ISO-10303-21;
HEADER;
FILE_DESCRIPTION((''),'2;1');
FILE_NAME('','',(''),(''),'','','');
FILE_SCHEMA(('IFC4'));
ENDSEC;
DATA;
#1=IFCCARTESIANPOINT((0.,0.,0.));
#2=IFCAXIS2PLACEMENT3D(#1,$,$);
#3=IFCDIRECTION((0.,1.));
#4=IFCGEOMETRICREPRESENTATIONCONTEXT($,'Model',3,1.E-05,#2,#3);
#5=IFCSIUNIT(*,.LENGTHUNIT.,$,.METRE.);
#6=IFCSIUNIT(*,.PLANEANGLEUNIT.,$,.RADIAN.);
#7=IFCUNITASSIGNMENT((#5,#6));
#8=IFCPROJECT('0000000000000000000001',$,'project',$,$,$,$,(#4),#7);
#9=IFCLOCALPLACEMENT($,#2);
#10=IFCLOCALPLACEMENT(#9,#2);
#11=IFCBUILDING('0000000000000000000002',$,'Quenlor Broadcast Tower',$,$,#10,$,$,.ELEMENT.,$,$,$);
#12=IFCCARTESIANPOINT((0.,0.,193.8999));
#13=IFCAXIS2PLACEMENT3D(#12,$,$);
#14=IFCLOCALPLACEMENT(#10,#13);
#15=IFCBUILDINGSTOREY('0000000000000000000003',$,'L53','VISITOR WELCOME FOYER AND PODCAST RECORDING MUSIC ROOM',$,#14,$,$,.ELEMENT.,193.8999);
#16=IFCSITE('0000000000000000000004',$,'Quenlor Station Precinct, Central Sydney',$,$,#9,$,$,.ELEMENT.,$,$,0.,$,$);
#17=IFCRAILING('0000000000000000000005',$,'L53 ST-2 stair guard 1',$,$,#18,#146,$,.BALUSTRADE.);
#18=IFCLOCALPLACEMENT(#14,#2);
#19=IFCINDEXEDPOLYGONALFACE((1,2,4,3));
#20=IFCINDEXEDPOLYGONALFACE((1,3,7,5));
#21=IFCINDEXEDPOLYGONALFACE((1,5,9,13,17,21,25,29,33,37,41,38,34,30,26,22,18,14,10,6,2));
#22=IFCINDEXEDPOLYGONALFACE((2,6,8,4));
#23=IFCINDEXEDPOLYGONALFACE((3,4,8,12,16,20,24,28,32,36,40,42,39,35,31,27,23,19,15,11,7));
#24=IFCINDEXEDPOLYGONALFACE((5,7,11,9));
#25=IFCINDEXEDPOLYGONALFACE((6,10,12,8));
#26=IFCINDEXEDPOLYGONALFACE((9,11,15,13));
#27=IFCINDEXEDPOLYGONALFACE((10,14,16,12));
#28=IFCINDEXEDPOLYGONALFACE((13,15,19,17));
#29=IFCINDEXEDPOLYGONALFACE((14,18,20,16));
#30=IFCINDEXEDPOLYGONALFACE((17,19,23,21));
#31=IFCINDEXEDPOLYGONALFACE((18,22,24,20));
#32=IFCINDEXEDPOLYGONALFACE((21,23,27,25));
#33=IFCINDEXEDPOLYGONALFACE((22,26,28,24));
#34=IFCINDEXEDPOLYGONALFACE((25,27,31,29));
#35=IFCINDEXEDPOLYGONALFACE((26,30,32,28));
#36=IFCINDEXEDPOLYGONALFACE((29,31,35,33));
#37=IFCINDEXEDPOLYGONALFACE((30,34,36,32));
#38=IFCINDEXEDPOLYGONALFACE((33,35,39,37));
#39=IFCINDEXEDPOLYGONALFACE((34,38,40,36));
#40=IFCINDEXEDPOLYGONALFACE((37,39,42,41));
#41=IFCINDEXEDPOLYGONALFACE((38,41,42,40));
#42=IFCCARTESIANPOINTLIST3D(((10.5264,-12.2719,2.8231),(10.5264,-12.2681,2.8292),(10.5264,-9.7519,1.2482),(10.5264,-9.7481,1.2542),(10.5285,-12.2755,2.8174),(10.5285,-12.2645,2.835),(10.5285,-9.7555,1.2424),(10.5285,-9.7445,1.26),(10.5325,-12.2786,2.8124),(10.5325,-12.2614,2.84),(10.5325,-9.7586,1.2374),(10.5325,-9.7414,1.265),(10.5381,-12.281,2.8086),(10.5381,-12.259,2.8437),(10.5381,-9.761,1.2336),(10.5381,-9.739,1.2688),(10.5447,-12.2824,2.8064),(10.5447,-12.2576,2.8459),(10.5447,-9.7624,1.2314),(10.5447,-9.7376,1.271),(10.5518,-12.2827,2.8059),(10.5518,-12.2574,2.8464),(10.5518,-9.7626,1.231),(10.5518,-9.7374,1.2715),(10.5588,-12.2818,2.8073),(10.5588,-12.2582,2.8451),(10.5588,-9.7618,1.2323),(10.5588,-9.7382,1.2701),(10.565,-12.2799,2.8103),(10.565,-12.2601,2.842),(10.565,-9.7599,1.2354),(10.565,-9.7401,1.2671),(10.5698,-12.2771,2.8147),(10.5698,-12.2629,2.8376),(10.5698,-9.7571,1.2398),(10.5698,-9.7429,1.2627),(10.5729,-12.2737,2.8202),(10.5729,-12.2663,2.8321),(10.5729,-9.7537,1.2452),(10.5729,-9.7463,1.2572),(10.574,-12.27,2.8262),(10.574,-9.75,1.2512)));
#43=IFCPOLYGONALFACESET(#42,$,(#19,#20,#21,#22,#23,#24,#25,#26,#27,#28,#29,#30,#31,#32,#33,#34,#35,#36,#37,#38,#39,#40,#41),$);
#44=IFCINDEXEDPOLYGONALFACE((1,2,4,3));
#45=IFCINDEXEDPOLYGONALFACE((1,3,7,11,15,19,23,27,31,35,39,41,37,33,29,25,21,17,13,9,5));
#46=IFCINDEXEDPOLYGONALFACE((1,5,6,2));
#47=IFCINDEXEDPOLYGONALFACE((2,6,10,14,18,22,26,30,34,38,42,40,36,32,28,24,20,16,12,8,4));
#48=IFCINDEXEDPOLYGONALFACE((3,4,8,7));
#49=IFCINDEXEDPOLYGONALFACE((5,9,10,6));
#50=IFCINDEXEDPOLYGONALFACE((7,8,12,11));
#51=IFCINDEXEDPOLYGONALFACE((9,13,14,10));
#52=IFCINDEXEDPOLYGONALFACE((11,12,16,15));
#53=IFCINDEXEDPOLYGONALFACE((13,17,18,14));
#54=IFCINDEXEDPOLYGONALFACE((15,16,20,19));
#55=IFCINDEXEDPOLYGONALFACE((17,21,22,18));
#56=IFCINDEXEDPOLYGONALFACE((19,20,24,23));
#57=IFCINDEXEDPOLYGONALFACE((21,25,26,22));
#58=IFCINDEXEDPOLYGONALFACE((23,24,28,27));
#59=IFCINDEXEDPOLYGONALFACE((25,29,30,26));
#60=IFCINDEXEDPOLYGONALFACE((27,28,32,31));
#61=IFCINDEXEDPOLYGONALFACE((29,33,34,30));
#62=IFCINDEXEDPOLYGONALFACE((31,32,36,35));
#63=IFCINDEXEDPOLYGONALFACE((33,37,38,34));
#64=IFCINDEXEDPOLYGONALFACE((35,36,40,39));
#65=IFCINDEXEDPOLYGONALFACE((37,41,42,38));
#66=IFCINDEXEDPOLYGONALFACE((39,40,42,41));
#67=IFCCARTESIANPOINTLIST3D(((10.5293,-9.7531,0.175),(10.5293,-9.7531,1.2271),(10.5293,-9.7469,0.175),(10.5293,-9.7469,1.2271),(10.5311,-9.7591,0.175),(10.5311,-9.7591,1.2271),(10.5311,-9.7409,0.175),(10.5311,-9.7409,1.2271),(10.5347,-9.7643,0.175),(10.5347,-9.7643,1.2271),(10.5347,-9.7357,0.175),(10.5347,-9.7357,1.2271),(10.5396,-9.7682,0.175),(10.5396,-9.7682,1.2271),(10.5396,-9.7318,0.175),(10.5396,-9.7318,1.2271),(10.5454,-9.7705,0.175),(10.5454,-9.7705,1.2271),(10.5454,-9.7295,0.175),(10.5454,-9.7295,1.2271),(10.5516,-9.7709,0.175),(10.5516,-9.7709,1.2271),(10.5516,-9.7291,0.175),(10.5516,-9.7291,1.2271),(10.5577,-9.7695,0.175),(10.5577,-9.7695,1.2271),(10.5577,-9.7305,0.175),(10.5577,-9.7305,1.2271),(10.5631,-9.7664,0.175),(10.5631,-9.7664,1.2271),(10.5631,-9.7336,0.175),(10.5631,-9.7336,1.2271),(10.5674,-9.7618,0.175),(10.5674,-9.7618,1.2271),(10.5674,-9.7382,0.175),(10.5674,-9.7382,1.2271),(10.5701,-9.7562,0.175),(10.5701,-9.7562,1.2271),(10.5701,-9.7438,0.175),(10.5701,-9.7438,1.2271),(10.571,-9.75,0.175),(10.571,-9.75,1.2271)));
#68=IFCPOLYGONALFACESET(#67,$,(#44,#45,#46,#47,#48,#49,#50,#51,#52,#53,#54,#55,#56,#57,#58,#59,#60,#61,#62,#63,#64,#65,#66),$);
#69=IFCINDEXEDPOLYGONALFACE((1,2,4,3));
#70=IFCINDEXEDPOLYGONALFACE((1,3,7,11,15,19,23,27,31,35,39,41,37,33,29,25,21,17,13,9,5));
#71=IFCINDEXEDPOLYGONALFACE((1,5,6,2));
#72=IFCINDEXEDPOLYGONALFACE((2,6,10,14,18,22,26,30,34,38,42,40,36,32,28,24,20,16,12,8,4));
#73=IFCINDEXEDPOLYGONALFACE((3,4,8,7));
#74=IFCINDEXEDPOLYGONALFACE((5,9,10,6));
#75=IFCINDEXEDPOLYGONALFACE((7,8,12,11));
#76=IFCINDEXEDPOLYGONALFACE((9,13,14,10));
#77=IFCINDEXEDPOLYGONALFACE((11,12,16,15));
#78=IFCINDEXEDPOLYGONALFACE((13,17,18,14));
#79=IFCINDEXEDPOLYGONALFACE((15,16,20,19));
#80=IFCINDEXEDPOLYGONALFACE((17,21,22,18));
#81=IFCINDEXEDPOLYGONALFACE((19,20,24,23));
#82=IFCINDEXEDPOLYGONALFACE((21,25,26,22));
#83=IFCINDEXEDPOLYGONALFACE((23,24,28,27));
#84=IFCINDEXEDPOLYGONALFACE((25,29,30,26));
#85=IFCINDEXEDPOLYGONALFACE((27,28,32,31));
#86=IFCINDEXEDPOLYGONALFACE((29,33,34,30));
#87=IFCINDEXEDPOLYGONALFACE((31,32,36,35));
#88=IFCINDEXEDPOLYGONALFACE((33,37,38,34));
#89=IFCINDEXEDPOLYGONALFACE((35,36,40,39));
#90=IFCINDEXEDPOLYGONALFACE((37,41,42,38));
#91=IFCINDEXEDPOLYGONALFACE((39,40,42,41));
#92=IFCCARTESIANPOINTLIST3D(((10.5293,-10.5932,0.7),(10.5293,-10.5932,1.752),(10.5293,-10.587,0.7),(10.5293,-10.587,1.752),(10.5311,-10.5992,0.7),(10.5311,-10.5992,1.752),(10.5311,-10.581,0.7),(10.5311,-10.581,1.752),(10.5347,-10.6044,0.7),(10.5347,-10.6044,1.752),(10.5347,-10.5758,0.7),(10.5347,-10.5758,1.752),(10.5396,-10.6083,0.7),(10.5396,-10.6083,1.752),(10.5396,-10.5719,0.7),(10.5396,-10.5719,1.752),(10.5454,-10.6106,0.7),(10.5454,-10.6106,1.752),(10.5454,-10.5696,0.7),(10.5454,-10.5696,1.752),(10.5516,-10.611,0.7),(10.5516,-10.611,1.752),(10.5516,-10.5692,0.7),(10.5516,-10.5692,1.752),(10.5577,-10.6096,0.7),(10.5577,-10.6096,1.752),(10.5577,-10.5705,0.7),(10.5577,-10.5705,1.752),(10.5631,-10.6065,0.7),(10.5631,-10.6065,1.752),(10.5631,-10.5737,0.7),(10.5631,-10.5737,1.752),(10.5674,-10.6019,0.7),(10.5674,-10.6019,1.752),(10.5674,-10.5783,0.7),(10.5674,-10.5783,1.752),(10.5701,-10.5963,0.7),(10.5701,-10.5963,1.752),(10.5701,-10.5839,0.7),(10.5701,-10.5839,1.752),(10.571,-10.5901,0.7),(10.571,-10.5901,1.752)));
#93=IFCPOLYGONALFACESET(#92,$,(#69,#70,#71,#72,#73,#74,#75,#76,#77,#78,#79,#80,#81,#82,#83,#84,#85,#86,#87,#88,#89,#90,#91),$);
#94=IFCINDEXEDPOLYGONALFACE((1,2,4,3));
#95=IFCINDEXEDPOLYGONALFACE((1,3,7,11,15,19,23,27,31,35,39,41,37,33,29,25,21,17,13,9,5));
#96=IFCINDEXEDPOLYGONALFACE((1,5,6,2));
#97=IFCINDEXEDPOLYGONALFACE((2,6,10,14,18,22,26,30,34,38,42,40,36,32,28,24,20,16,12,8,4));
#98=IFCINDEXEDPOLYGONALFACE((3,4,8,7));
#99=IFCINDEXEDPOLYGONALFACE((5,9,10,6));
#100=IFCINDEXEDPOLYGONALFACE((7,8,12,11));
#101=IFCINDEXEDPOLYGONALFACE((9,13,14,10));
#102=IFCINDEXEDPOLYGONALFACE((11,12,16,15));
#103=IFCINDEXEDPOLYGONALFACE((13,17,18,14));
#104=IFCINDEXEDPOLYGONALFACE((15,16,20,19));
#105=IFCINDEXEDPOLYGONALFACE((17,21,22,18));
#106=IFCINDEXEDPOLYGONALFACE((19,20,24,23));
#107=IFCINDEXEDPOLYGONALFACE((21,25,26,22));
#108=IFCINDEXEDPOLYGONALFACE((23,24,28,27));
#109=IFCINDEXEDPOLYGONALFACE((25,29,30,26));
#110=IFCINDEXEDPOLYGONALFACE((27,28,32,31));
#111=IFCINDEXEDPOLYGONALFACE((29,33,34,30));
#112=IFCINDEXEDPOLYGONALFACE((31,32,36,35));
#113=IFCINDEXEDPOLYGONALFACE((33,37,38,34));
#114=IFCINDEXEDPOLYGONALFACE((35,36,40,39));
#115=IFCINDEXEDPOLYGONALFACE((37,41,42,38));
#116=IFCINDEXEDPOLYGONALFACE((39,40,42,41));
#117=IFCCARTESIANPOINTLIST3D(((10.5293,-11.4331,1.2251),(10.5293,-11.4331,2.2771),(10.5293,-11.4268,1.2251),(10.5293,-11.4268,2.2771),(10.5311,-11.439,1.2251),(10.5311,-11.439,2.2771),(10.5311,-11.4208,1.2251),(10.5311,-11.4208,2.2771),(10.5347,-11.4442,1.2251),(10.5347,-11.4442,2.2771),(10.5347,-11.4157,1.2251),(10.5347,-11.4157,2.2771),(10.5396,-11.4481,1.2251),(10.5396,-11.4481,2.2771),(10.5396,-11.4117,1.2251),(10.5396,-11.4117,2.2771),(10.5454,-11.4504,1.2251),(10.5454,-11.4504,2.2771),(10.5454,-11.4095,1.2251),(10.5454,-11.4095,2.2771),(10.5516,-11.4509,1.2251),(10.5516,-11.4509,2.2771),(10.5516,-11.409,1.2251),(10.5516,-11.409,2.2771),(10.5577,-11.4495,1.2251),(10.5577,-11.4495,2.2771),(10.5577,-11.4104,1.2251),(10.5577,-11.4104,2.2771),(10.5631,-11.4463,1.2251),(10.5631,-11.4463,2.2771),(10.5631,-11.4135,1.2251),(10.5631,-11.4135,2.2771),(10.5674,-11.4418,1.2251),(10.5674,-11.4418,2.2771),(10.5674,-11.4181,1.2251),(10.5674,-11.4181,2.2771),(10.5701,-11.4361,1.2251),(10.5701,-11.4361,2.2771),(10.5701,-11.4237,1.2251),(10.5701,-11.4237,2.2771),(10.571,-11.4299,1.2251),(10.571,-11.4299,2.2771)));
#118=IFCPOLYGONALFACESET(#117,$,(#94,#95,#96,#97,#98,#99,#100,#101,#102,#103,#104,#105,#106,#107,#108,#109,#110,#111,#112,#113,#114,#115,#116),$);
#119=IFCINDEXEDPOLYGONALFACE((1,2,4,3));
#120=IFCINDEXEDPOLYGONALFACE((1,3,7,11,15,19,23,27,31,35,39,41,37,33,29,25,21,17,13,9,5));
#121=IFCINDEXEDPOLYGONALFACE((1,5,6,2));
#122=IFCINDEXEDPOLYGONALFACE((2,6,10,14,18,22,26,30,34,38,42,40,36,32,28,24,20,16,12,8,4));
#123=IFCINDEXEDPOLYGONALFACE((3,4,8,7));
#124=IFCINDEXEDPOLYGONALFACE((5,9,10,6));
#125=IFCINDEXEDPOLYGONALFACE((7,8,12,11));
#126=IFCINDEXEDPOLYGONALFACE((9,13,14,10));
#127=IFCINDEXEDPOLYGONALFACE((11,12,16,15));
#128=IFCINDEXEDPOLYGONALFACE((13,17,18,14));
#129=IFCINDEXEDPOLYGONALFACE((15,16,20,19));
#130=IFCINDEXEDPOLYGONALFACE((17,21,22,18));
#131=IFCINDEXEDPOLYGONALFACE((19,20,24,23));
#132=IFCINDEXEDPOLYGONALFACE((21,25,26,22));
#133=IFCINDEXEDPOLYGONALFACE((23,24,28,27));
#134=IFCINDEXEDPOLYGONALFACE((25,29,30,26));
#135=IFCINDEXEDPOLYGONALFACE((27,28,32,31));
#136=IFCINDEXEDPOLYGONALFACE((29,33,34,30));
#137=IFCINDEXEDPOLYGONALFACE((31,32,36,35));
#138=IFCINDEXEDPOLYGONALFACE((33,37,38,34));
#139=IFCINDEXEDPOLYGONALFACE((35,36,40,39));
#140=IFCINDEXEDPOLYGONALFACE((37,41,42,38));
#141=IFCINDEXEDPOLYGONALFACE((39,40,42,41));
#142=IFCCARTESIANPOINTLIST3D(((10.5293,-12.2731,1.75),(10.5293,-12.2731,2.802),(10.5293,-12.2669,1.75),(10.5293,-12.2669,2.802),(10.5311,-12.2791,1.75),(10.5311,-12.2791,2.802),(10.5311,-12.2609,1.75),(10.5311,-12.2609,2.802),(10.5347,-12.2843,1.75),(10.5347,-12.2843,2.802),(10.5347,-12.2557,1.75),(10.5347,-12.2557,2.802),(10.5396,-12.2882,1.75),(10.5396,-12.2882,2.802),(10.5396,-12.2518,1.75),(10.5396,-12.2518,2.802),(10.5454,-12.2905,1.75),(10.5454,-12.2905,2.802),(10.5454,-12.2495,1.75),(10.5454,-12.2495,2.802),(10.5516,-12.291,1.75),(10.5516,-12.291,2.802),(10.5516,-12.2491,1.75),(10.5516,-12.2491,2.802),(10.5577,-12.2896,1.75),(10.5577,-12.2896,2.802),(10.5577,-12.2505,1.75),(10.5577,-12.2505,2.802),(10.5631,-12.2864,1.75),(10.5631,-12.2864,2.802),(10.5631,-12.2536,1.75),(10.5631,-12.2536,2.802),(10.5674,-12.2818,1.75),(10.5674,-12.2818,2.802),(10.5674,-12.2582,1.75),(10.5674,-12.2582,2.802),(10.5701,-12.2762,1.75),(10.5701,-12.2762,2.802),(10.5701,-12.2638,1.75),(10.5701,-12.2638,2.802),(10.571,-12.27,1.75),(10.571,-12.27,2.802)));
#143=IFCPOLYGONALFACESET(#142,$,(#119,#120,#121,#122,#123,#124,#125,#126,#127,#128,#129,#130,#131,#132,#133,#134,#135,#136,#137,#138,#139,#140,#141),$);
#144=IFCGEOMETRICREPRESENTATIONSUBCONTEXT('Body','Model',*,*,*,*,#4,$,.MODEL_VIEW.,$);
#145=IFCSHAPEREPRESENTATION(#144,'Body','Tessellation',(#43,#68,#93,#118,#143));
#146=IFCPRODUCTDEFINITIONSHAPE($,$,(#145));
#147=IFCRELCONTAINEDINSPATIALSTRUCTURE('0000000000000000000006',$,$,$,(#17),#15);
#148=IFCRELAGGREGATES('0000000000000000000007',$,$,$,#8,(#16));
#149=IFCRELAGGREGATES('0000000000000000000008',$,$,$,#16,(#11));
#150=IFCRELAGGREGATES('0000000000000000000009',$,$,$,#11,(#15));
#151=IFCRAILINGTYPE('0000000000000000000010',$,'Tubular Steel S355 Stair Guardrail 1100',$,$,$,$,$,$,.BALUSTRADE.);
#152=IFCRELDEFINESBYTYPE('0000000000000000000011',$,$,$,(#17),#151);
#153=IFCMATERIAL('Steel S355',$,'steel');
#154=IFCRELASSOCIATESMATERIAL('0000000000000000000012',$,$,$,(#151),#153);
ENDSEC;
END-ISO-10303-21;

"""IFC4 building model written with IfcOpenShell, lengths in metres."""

from ifc_helpers import new_model, si_unit, direction, frame, origin, origin_2d, place, context, subcontext, project, spatial, circle, extrude, material, type_object, element, save


model = new_model("IFC4")

# Units and contexts
model_context = context("Model", 3, precision=1e-05, world=origin(), true_north=direction((0.0, 1.0)))
body_context = subcontext(model_context, "Body", "Model", "MODEL_VIEW")
ifc_project = project(units=[si_unit("LENGTHUNIT", "METRE"), si_unit("PLANEANGLEUNIT", "RADIAN")], contexts=[model_context])

# Site, building, storey
site_placement = place(None, origin())
site = spatial("IfcSite", under=ifc_project, at=site_placement, Name="Quenlor Station Precinct, Central Sydney", CompositionType="ELEMENT", RefElevation=0.0)
building_placement = place(site_placement, origin())
building = spatial("IfcBuilding", under=site, at=building_placement, Name="Quenlor Broadcast Tower", CompositionType="ELEMENT")
storey_placement = place(building_placement, frame((0.0, 0.0, 193.8999)))
storey = spatial("IfcBuildingStorey", under=building, at=storey_placement, Name="L53", Description="VISITOR WELCOME FOYER AND PODCAST RECORDING MUSIC ROOM", CompositionType="ELEMENT", Elevation=193.8999)

# Railing
ifc_material_1 = material(Name="Steel S355", Category="steel")
railing_type = type_object("IfcRailingType", Name="Tubular Steel S355 Stair Guardrail 1100", PredefinedType="BALUSTRADE", material=ifc_material_1)
railing_1_placement = place(storey_placement, frame((10.55, -9.75, 0.175)))
element("IfcRailing", 1, at=railing_1_placement, inside=storey, type_object=railing_type, Name="L53 ST-2 stair guard 1", PredefinedType="BALUSTRADE", context=body_context, shape_type="SweptSolid", body=[
    extrude(circle(Radius=0.0239, at=origin_2d()), frame((0.0, 0.0, 1.0762), z_axis=(0.0, -0.848008, 0.529984), x_axis=(1.0, 0.0, 0.0)), (0.0, 0.0, 1.0), 2.9717),
    extrude(circle(Radius=0.021, at=origin_2d()), origin(), (0.0, 0.0, 1.0), 1.052),
    extrude(circle(Radius=0.021, at=origin_2d()), frame((0.0, -0.8401, 0.5249)), (0.0, 0.0, 1.0), 1.052),
    extrude(circle(Radius=0.021, at=origin_2d()), frame((0.0, -1.6799, 1.05)), (0.0, 0.0, 1.0), 1.052),
    extrude(circle(Radius=0.021, at=origin_2d()), frame((0.0, -2.52, 1.575)), (0.0, 0.0, 1.0), 1.052),
])

save(model, "model.ifc")
